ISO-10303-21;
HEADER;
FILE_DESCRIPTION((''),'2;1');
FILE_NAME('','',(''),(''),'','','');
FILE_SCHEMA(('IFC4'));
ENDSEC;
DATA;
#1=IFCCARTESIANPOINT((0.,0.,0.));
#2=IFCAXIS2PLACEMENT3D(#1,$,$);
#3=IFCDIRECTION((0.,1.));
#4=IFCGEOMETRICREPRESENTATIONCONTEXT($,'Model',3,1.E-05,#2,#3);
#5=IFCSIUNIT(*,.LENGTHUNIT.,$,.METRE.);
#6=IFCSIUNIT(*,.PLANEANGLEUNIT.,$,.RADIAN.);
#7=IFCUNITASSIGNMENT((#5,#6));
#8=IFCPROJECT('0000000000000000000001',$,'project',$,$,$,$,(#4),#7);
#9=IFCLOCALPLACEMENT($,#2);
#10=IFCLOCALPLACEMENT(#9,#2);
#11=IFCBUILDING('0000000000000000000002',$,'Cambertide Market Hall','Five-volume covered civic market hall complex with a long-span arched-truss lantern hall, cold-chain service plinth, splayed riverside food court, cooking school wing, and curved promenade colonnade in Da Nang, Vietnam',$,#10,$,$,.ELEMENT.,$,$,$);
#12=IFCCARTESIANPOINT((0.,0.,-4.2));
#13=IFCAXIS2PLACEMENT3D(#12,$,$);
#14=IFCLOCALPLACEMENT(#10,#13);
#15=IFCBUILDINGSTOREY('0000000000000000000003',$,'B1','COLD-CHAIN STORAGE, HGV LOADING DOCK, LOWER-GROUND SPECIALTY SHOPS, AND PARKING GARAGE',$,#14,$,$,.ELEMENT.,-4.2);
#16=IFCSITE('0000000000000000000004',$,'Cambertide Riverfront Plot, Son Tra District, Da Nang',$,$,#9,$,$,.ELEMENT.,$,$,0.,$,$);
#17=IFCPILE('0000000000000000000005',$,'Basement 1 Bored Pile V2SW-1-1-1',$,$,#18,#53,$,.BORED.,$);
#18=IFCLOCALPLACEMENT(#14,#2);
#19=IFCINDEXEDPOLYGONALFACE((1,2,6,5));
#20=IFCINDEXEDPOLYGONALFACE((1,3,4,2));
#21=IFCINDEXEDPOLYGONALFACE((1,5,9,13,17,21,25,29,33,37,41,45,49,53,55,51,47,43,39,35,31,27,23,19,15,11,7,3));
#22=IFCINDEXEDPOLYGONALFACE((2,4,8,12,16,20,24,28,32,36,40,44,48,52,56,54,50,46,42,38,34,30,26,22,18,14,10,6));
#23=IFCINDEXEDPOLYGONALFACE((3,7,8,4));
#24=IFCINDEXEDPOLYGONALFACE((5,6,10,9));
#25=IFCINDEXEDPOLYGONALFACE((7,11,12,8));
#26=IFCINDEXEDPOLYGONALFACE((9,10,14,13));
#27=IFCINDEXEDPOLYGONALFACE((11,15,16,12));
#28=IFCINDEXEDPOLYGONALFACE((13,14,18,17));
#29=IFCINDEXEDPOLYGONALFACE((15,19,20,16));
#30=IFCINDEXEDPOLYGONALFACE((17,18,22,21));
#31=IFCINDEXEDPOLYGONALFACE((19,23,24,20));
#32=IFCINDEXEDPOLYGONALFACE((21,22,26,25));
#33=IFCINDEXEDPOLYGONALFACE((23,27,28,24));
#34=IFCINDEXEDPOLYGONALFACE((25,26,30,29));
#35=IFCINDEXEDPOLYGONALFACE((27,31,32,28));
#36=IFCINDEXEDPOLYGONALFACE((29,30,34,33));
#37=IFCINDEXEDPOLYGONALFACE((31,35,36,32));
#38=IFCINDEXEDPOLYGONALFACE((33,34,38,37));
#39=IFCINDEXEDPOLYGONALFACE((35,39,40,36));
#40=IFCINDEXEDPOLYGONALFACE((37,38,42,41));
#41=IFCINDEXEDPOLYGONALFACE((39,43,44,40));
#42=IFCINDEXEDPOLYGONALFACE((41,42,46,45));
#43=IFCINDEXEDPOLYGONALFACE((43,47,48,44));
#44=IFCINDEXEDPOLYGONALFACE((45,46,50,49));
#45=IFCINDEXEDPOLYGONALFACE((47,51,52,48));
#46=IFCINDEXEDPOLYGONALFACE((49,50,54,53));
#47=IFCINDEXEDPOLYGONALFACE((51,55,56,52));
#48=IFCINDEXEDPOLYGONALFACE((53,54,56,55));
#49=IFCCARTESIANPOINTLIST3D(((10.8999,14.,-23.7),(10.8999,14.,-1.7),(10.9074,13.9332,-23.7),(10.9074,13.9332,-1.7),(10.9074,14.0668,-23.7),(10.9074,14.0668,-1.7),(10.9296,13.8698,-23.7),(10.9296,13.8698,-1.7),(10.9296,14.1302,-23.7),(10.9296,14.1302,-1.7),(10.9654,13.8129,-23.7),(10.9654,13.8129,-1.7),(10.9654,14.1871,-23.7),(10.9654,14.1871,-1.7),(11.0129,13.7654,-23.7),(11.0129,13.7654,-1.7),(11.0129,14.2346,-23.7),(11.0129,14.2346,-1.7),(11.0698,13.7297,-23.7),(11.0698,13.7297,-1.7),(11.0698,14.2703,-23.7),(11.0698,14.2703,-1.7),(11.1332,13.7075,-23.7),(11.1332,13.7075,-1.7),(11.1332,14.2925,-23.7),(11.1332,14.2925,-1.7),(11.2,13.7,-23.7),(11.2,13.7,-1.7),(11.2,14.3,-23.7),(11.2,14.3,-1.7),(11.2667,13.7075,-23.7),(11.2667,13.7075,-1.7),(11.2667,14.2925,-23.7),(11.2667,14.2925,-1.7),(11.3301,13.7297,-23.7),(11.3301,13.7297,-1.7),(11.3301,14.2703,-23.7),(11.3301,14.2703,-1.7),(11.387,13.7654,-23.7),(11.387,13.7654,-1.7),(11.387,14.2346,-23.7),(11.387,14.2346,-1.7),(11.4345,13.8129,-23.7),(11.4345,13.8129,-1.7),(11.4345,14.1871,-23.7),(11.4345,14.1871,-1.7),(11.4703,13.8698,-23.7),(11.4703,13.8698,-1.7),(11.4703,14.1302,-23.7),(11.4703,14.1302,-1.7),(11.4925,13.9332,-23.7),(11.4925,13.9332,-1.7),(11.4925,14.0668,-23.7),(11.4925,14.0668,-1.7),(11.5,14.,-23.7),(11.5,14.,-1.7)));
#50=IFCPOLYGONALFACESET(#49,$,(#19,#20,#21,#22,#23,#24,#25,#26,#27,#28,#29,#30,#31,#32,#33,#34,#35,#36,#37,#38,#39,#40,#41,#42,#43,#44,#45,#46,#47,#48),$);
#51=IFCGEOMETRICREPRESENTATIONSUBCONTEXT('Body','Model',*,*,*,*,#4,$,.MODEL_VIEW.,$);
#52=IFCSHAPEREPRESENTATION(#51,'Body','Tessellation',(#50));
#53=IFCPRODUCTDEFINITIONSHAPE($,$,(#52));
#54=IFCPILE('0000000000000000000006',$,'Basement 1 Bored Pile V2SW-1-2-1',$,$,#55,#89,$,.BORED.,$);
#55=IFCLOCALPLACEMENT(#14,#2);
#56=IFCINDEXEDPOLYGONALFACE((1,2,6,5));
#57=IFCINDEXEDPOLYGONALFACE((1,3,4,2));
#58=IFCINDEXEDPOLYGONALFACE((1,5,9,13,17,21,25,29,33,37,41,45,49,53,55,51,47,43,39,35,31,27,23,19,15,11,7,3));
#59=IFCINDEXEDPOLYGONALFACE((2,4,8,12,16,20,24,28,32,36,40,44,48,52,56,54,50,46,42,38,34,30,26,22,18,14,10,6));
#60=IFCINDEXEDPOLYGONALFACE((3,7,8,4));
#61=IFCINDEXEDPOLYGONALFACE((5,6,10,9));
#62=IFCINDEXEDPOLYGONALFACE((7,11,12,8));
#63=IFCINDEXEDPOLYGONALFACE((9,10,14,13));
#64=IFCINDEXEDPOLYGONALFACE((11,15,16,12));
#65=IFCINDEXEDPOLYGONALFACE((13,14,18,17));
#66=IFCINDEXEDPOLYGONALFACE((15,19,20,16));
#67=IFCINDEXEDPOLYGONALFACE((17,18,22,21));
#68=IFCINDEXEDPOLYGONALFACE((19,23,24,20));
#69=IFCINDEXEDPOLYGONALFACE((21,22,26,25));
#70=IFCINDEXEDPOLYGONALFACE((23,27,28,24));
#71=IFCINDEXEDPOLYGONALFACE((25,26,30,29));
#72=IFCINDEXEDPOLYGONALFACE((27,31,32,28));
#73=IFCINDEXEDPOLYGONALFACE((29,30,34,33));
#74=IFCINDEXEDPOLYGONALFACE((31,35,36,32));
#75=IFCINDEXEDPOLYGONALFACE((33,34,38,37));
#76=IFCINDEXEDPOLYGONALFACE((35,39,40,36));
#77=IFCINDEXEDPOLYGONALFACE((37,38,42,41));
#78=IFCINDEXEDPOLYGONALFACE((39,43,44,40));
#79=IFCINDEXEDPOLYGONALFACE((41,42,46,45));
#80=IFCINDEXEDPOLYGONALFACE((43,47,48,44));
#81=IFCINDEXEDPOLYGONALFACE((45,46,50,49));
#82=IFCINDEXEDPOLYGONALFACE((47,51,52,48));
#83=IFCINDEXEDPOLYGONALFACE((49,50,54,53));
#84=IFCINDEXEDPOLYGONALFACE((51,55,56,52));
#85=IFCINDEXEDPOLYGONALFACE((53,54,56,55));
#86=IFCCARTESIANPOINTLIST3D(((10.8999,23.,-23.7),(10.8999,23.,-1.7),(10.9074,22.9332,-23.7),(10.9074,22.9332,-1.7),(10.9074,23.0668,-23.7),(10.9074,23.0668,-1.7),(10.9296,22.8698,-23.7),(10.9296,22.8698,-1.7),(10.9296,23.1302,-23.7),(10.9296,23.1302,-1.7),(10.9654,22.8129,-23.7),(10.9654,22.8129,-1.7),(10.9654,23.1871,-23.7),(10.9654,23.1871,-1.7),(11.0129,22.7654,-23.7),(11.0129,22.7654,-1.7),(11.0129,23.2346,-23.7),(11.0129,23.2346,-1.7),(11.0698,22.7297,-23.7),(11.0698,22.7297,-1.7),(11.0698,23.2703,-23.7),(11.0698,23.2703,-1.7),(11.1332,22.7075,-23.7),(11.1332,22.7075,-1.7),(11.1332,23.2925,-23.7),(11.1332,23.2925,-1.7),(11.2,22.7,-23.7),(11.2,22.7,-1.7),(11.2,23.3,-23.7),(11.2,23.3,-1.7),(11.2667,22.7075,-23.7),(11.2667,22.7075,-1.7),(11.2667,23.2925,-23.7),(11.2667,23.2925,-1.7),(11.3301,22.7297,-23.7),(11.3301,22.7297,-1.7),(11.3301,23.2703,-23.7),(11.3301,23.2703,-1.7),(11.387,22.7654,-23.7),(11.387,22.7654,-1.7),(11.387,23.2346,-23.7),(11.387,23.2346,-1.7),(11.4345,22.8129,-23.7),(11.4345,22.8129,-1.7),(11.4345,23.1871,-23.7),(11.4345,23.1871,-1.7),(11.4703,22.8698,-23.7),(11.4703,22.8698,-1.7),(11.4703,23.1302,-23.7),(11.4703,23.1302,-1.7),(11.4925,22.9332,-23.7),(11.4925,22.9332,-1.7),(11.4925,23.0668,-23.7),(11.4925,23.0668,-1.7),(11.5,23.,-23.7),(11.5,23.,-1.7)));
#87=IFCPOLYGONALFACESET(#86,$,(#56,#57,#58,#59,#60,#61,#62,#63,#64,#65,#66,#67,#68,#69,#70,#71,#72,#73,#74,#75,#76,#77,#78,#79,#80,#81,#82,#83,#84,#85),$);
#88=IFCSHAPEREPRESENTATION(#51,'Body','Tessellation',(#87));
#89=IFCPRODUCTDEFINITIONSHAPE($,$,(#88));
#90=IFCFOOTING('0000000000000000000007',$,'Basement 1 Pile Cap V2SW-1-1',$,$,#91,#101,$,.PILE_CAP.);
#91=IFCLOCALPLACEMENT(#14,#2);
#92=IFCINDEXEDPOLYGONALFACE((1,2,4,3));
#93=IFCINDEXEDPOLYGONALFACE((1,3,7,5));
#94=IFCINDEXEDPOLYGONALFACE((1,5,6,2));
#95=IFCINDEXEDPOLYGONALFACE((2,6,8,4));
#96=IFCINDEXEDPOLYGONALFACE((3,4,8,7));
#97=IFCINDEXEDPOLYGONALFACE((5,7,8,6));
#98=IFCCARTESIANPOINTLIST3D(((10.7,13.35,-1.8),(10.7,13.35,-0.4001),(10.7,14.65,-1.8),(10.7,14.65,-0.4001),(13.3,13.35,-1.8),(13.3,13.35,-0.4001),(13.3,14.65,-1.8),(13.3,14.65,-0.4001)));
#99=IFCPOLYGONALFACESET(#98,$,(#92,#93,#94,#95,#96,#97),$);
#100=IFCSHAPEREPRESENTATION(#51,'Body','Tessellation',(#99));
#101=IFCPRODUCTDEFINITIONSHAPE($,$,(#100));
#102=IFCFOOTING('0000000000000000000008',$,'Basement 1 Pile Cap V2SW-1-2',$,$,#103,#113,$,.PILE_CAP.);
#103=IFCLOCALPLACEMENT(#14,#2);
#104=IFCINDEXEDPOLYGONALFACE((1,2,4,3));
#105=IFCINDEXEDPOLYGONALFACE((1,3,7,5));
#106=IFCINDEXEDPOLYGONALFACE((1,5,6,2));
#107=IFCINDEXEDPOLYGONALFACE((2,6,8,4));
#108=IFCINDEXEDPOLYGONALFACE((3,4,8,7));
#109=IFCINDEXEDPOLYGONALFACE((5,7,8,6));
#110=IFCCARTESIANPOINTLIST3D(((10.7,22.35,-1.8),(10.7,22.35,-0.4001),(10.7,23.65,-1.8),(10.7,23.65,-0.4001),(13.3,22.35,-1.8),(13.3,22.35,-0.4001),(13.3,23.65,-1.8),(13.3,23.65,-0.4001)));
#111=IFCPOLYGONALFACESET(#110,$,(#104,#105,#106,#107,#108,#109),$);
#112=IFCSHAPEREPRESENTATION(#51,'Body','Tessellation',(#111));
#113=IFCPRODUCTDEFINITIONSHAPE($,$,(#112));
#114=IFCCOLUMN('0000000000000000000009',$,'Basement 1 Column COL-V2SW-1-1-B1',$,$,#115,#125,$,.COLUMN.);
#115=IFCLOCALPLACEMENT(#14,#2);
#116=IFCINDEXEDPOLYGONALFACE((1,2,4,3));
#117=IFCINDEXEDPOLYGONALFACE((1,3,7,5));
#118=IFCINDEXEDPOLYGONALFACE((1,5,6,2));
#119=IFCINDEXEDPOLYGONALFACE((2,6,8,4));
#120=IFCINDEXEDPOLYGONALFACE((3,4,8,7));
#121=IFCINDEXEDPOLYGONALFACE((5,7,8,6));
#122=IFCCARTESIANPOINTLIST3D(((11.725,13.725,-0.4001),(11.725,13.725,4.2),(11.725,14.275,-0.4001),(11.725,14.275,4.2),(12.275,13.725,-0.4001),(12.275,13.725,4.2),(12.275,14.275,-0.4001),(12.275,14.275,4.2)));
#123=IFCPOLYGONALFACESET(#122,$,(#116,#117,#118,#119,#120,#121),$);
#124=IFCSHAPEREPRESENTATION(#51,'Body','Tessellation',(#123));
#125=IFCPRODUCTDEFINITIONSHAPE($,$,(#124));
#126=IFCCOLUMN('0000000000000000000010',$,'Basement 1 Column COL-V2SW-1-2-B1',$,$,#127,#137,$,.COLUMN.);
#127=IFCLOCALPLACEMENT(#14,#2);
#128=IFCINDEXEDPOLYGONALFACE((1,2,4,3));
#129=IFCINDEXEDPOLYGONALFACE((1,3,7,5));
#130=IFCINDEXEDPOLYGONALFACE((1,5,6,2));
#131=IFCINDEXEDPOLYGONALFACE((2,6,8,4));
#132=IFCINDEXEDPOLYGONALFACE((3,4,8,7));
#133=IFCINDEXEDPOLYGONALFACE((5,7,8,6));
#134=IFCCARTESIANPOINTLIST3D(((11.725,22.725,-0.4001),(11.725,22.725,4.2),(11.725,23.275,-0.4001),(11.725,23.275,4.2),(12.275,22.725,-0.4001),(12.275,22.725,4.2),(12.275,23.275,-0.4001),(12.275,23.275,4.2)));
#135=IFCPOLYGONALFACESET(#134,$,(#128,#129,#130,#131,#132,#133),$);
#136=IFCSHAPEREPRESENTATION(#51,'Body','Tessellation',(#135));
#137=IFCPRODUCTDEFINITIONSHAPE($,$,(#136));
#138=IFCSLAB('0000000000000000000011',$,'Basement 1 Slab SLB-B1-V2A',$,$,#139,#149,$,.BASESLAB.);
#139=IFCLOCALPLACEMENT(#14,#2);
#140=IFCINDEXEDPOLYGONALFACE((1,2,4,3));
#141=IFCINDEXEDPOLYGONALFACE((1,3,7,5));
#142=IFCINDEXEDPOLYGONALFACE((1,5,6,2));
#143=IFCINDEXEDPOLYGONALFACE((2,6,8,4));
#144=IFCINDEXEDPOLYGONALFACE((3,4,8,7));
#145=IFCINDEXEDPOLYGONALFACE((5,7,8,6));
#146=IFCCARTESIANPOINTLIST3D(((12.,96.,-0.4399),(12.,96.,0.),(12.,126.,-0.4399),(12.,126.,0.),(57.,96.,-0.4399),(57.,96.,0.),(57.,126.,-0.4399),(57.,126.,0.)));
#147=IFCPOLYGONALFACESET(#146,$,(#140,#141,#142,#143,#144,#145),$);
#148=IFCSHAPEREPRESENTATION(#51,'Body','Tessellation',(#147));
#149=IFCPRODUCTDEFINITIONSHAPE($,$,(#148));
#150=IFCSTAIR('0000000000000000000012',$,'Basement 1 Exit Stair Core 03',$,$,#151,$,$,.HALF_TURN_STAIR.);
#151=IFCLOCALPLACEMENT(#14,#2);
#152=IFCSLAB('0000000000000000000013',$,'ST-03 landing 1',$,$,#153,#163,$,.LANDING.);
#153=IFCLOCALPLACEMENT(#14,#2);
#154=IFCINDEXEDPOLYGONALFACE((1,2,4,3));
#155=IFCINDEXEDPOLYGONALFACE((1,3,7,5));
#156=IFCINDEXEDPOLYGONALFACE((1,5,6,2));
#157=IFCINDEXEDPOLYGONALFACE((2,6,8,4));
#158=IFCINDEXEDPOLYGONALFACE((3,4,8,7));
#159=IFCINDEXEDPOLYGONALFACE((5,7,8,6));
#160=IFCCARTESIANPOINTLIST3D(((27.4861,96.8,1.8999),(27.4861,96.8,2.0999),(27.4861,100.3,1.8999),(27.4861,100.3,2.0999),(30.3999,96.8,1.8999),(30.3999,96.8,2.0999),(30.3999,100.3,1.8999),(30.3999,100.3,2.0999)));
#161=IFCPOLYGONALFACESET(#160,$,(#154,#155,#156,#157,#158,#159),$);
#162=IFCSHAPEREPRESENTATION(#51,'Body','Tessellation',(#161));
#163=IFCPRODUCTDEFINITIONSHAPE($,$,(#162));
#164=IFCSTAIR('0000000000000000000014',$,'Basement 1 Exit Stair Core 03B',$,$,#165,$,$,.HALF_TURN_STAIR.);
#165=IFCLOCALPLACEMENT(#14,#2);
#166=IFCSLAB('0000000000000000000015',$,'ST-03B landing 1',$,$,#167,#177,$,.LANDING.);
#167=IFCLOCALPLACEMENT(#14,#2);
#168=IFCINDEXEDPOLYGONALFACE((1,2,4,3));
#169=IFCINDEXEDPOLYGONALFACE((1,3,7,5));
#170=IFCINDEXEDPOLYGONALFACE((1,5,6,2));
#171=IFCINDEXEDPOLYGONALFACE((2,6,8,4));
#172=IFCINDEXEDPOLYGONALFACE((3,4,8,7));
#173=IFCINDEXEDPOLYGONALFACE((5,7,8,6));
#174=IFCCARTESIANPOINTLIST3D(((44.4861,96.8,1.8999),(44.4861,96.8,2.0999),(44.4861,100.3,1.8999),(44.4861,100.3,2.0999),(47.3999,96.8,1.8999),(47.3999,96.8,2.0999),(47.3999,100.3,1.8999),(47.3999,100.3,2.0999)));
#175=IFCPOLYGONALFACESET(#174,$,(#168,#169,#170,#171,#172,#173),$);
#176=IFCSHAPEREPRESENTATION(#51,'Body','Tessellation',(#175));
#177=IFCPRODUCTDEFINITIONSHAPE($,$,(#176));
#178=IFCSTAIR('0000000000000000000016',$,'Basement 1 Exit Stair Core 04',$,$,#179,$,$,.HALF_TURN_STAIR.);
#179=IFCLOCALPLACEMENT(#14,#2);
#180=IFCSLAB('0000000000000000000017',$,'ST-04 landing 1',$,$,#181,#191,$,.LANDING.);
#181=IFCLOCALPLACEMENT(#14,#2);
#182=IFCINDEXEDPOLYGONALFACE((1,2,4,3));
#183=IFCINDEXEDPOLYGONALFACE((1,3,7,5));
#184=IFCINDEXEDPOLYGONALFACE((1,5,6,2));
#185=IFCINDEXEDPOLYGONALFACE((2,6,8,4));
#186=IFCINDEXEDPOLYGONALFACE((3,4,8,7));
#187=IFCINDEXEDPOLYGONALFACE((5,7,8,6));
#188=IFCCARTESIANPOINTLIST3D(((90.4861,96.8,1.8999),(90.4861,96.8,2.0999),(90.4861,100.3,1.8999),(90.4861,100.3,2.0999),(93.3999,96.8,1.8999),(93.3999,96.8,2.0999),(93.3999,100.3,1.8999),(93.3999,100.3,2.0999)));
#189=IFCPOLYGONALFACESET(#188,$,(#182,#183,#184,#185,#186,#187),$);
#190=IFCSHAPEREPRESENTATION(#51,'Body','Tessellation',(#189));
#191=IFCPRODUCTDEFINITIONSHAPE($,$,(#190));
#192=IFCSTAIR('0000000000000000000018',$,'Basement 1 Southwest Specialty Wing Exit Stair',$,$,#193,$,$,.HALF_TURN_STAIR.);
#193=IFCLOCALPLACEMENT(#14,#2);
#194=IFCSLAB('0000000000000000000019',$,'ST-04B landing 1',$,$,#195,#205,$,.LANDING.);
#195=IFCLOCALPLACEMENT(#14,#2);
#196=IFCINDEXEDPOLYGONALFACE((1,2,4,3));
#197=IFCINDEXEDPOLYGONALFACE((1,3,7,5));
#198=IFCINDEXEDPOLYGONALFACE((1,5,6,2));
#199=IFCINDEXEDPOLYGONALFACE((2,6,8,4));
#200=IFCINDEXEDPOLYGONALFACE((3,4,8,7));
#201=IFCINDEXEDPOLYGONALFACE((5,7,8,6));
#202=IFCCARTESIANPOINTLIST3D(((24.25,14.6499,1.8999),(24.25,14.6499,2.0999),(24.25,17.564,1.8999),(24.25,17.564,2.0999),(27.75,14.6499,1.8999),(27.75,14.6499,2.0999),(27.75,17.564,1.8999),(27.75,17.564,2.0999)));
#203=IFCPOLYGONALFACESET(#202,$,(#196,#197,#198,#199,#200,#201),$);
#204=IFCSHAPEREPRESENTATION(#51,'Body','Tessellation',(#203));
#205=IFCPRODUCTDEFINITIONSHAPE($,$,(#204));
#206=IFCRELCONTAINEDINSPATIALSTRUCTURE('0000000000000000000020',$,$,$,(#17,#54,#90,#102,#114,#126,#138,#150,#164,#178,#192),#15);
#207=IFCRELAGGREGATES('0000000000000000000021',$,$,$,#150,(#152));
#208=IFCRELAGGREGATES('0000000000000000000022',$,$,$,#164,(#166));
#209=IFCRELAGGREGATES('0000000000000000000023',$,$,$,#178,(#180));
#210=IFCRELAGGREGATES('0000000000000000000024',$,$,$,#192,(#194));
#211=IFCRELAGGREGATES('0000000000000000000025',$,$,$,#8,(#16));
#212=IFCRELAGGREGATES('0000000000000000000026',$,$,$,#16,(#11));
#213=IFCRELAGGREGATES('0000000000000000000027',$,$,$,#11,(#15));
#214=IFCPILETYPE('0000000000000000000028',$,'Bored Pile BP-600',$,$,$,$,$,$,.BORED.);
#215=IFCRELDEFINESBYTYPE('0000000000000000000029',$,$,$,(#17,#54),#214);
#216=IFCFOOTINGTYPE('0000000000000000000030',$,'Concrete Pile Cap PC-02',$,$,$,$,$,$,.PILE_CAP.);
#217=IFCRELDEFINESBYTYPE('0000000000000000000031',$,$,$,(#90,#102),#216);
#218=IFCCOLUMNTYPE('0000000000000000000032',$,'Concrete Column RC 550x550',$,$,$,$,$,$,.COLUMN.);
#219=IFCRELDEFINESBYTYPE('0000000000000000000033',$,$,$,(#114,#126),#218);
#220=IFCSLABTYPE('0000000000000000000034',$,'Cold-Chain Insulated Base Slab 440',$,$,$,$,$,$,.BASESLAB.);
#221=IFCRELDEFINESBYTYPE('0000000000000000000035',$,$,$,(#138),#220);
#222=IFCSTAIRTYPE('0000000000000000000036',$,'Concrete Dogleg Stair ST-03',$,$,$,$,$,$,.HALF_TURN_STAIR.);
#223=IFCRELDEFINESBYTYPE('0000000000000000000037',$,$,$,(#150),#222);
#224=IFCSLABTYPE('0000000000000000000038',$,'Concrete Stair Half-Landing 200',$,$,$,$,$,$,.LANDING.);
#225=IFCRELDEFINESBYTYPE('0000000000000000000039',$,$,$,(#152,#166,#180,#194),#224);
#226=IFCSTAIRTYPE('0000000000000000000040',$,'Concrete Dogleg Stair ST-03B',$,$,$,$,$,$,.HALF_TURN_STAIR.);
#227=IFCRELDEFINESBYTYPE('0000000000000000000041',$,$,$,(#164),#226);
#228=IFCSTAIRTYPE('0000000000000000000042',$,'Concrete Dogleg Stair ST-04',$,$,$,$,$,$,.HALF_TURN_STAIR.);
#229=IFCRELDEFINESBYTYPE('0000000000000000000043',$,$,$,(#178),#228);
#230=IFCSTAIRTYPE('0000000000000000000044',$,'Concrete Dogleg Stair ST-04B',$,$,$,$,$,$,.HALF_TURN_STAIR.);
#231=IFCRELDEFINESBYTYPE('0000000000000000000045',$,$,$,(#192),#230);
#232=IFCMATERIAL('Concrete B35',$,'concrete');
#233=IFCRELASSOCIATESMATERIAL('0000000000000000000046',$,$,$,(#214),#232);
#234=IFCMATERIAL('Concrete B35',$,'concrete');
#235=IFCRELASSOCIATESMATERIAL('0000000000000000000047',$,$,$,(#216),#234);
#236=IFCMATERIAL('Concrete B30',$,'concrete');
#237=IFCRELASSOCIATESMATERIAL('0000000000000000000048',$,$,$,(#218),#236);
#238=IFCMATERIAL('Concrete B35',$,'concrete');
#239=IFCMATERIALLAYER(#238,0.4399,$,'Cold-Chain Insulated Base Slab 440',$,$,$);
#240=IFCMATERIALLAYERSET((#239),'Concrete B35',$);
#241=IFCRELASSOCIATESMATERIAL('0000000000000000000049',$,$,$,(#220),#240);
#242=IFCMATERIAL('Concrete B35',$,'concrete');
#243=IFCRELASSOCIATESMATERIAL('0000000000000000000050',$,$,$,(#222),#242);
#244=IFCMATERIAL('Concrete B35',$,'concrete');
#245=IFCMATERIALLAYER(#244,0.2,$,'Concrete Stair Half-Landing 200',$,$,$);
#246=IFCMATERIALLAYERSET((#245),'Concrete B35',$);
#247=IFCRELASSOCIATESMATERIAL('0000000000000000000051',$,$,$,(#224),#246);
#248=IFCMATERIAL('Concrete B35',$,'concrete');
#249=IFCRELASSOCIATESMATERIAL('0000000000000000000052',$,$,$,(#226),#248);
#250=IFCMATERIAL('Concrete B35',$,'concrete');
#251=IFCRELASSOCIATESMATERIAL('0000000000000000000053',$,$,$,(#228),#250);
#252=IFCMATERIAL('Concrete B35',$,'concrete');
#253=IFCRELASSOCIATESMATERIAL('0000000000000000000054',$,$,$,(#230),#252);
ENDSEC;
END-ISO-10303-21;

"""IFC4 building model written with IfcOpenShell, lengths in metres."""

from ifc_helpers import new_model, si_unit, direction, frame, origin, origin_2d, place, context, subcontext, project, spatial, polyline, rectangle, circle, outline, extrude, material, layer, layer_set, material_profile, profile_set, type_object, element, aggregate, save


model = new_model("IFC4")

# Units and contexts
model_context = context("Model", 3, precision=1e-05, world=origin(), true_north=direction((0.0, 1.0)))
body_context = subcontext(model_context, "Body", "Model", "MODEL_VIEW")
ifc_project = project(units=[si_unit("LENGTHUNIT", "METRE"), si_unit("PLANEANGLEUNIT", "RADIAN")], contexts=[model_context])

# Site, building, storey
site_placement = place(None, origin())
site = spatial("IfcSite", under=ifc_project, at=site_placement, Name="Cambertide Riverfront Plot, Son Tra District, Da Nang", CompositionType="ELEMENT", RefElevation=0.0)
building_placement = place(site_placement, origin())
building = spatial("IfcBuilding", under=site, at=building_placement, Name="Cambertide Market Hall", Description="Five-volume covered civic market hall complex with a long-span arched-truss lantern hall, cold-chain service plinth, splayed riverside food court, cooking school wing, and curved promenade colonnade in Da Nang, Vietnam", CompositionType="ELEMENT")
storey_placement = place(building_placement, frame((0.0, 0.0, -4.2)))
storey = spatial("IfcBuildingStorey", under=building, at=storey_placement, Name="B1", Description="COLD-CHAIN STORAGE, HGV LOADING DOCK, LOWER-GROUND SPECIALTY SHOPS, AND PARKING GARAGE", CompositionType="ELEMENT", Elevation=-4.2)

# Piles
ifc_material_1 = material(Name="Concrete B35", Category="concrete")
ifc_material_profile_1 = material_profile(ifc_material_1, circle(Radius=0.3, at=origin_2d()), Name="BP D600")
ifc_profile_set_1 = profile_set([ifc_material_profile_1], Name="Concrete B35")
pile_type = type_object("IfcPileType", Name="Bored Pile BP-600", PredefinedType="BORED", material=ifc_profile_set_1)
for number, where, z_axis, x_axis, name in (
    (1, (11.2, 14.0, -1.7), (0.0, 0.0, -1.0), (1.0, 0.0, 0.0), "Basement 1 Bored Pile V2SW-1-1-1"),
    (2, (11.2, 23.0, -1.7), (0.0, 0.0, -1.0), (1.0, 0.0, 0.0), "Basement 1 Bored Pile V2SW-1-2-1"),
):
    element("IfcPile", number, at=place(storey_placement, frame(where, z_axis=z_axis, x_axis=x_axis)), inside=storey, type_object=pile_type, Name=name, PredefinedType="BORED", context=body_context, shape_type="SweptSolid", body=[
        extrude(circle(Radius=0.3, at=origin_2d()), origin(), (0.0, 0.0, 1.0), 22.0),
    ])

# Footings
ifc_material_2 = material(Name="Concrete B35", Category="concrete")
footing_type = type_object("IfcFootingType", Name="Concrete Pile Cap PC-02", PredefinedType="PILE_CAP", material=ifc_material_2)
for number, where, z_axis, x_axis, name in (
    (3, (12.0, 14.0, -1.8), (0.0, 0.0, 1.0), (1.0, 0.0, 0.0), "Basement 1 Pile Cap V2SW-1-1"),
    (4, (12.0, 23.0, -1.8), (0.0, 0.0, 1.0), (1.0, 0.0, 0.0), "Basement 1 Pile Cap V2SW-1-2"),
):
    element("IfcFooting", number, at=place(storey_placement, frame(where, z_axis=z_axis, x_axis=x_axis)), inside=storey, type_object=footing_type, Name=name, PredefinedType="PILE_CAP", context=body_context, shape_type="SweptSolid", body=[
        extrude(rectangle(XDim=2.6001, YDim=1.3, at=origin_2d()), origin(), (0.0, 0.0, 1.0), 1.3999),
    ])

# Columns
ifc_material_3 = material(Name="Concrete B30", Category="concrete")
ifc_material_profile_2 = material_profile(ifc_material_3, rectangle(XDim=0.55, YDim=0.55, at=origin_2d()), Name="RC 550x550")
ifc_profile_set_2 = profile_set([ifc_material_profile_2], Name="Concrete B30")
column_type = type_object("IfcColumnType", Name="Concrete Column RC 550x550", PredefinedType="COLUMN", material=ifc_profile_set_2)
for number, where, z_axis, x_axis, name in (
    (5, (12.0, 14.0, -0.4001), (0.0, 0.0, 1.0), (1.0, 0.0, 0.0), "Basement 1 Column COL-V2SW-1-1-B1"),
    (6, (12.0, 23.0, -0.4001), (0.0, 0.0, 1.0), (1.0, 0.0, 0.0), "Basement 1 Column COL-V2SW-1-2-B1"),
):
    element("IfcColumn", number, at=place(storey_placement, frame(where, z_axis=z_axis, x_axis=x_axis)), inside=storey, type_object=column_type, Name=name, PredefinedType="COLUMN", context=body_context, shape_type="SweptSolid", body=[
        extrude(rectangle(XDim=0.55, YDim=0.55, at=origin_2d()), origin(), (0.0, 0.0, 1.0), 4.6001),
    ])

# Slab
ifc_material_4 = material(Name="Concrete B35", Category="concrete")
ifc_layer_1 = layer(ifc_material_4, 0.4399, Name="Cold-Chain Insulated Base Slab 440")
ifc_layer_set_1 = layer_set([ifc_layer_1], Name="Concrete B35")
slab_type_1 = type_object("IfcSlabType", Name="Cold-Chain Insulated Base Slab 440", PredefinedType="BASESLAB", material=ifc_layer_set_1)
slab_1_placement = place(storey_placement, frame((0.0, 0.0, -0.4399)))
element("IfcSlab", 7, at=slab_1_placement, inside=storey, type_object=slab_type_1, Name="Basement 1 Slab SLB-B1-V2A", PredefinedType="BASESLAB", context=body_context, shape_type="SweptSolid", body=[
    extrude(outline(polyline([(12.0, 96.0), (57.0, 96.0), (57.0, 126.0), (12.0, 126.0), (12.0, 96.0)])), origin(), (0.0, 0.0, 1.0), 0.4399),
])

# Stairs, slabs
ifc_material_5 = material(Name="Concrete B35", Category="concrete")
stair_type_1 = type_object("IfcStairType", Name="Concrete Dogleg Stair ST-03", PredefinedType="HALF_TURN_STAIR", material=ifc_material_5)
stair_1_placement = place(storey_placement, origin())
stair_1 = element("IfcStair", 8, at=stair_1_placement, inside=storey, type_object=stair_type_1, Name="Basement 1 Exit Stair Core 03", PredefinedType="HALF_TURN_STAIR")
ifc_material_6 = material(Name="Concrete B35", Category="concrete")
ifc_layer_2 = layer(ifc_material_6, 0.2, Name="Concrete Stair Half-Landing 200")
ifc_layer_set_2 = layer_set([ifc_layer_2], Name="Concrete B35")
slab_type_2 = type_object("IfcSlabType", Name="Concrete Stair Half-Landing 200", PredefinedType="LANDING", material=ifc_layer_set_2)
slab_2_placement = place(storey_placement, frame((0.0, 0.0, 1.8999)))
slab_2 = element("IfcSlab", 9, at=slab_2_placement, type_object=slab_type_2, Name="ST-03 landing 1", PredefinedType="LANDING", context=body_context, shape_type="SweptSolid", body=[
    extrude(outline(polyline([(27.4861, 96.8), (30.3999, 96.8), (30.3999, 100.3), (27.4861, 100.3), (27.4861, 96.8)])), origin(), (0.0, 0.0, 1.0), 0.2),
])
aggregate(stair_1, [slab_2])
ifc_material_7 = material(Name="Concrete B35", Category="concrete")
stair_type_2 = type_object("IfcStairType", Name="Concrete Dogleg Stair ST-03B", PredefinedType="HALF_TURN_STAIR", material=ifc_material_7)
stair_2_placement = place(storey_placement, origin())
stair_2 = element("IfcStair", 10, at=stair_2_placement, inside=storey, type_object=stair_type_2, Name="Basement 1 Exit Stair Core 03B", PredefinedType="HALF_TURN_STAIR")
slab_3_placement = place(storey_placement, frame((0.0, 0.0, 1.8999)))
slab_3 = element("IfcSlab", 11, at=slab_3_placement, type_object=slab_type_2, Name="ST-03B landing 1", PredefinedType="LANDING", context=body_context, shape_type="SweptSolid", body=[
    extrude(outline(polyline([(44.4861, 96.8), (47.3999, 96.8), (47.3999, 100.3), (44.4861, 100.3), (44.4861, 96.8)])), origin(), (0.0, 0.0, 1.0), 0.2),
])
aggregate(stair_2, [slab_3])
ifc_material_8 = material(Name="Concrete B35", Category="concrete")
stair_type_3 = type_object("IfcStairType", Name="Concrete Dogleg Stair ST-04", PredefinedType="HALF_TURN_STAIR", material=ifc_material_8)
stair_3_placement = place(storey_placement, origin())
stair_3 = element("IfcStair", 12, at=stair_3_placement, inside=storey, type_object=stair_type_3, Name="Basement 1 Exit Stair Core 04", PredefinedType="HALF_TURN_STAIR")
slab_4_placement = place(storey_placement, frame((0.0, 0.0, 1.8999)))
slab_4 = element("IfcSlab", 13, at=slab_4_placement, type_object=slab_type_2, Name="ST-04 landing 1", PredefinedType="LANDING", context=body_context, shape_type="SweptSolid", body=[
    extrude(outline(polyline([(90.4861, 96.8), (93.3999, 96.8), (93.3999, 100.3), (90.4861, 100.3), (90.4861, 96.8)])), origin(), (0.0, 0.0, 1.0), 0.2),
])
aggregate(stair_3, [slab_4])
ifc_material_9 = material(Name="Concrete B35", Category="concrete")
stair_type_4 = type_object("IfcStairType", Name="Concrete Dogleg Stair ST-04B", PredefinedType="HALF_TURN_STAIR", material=ifc_material_9)
stair_4_placement = place(storey_placement, origin())
stair_4 = element("IfcStair", 14, at=stair_4_placement, inside=storey, type_object=stair_type_4, Name="Basement 1 Southwest Specialty Wing Exit Stair", PredefinedType="HALF_TURN_STAIR")
slab_5_placement = place(storey_placement, frame((0.0, 0.0, 1.8999)))
slab_5 = element("IfcSlab", 15, at=slab_5_placement, type_object=slab_type_2, Name="ST-04B landing 1", PredefinedType="LANDING", context=body_context, shape_type="SweptSolid", body=[
    extrude(outline(polyline([(24.25, 17.564), (24.25, 14.6499), (27.75, 14.6499), (27.75, 17.564), (24.25, 17.564)])), origin(), (0.0, 0.0, 1.0), 0.2),
])
aggregate(stair_4, [slab_5])

save(model, "model.ifc")
